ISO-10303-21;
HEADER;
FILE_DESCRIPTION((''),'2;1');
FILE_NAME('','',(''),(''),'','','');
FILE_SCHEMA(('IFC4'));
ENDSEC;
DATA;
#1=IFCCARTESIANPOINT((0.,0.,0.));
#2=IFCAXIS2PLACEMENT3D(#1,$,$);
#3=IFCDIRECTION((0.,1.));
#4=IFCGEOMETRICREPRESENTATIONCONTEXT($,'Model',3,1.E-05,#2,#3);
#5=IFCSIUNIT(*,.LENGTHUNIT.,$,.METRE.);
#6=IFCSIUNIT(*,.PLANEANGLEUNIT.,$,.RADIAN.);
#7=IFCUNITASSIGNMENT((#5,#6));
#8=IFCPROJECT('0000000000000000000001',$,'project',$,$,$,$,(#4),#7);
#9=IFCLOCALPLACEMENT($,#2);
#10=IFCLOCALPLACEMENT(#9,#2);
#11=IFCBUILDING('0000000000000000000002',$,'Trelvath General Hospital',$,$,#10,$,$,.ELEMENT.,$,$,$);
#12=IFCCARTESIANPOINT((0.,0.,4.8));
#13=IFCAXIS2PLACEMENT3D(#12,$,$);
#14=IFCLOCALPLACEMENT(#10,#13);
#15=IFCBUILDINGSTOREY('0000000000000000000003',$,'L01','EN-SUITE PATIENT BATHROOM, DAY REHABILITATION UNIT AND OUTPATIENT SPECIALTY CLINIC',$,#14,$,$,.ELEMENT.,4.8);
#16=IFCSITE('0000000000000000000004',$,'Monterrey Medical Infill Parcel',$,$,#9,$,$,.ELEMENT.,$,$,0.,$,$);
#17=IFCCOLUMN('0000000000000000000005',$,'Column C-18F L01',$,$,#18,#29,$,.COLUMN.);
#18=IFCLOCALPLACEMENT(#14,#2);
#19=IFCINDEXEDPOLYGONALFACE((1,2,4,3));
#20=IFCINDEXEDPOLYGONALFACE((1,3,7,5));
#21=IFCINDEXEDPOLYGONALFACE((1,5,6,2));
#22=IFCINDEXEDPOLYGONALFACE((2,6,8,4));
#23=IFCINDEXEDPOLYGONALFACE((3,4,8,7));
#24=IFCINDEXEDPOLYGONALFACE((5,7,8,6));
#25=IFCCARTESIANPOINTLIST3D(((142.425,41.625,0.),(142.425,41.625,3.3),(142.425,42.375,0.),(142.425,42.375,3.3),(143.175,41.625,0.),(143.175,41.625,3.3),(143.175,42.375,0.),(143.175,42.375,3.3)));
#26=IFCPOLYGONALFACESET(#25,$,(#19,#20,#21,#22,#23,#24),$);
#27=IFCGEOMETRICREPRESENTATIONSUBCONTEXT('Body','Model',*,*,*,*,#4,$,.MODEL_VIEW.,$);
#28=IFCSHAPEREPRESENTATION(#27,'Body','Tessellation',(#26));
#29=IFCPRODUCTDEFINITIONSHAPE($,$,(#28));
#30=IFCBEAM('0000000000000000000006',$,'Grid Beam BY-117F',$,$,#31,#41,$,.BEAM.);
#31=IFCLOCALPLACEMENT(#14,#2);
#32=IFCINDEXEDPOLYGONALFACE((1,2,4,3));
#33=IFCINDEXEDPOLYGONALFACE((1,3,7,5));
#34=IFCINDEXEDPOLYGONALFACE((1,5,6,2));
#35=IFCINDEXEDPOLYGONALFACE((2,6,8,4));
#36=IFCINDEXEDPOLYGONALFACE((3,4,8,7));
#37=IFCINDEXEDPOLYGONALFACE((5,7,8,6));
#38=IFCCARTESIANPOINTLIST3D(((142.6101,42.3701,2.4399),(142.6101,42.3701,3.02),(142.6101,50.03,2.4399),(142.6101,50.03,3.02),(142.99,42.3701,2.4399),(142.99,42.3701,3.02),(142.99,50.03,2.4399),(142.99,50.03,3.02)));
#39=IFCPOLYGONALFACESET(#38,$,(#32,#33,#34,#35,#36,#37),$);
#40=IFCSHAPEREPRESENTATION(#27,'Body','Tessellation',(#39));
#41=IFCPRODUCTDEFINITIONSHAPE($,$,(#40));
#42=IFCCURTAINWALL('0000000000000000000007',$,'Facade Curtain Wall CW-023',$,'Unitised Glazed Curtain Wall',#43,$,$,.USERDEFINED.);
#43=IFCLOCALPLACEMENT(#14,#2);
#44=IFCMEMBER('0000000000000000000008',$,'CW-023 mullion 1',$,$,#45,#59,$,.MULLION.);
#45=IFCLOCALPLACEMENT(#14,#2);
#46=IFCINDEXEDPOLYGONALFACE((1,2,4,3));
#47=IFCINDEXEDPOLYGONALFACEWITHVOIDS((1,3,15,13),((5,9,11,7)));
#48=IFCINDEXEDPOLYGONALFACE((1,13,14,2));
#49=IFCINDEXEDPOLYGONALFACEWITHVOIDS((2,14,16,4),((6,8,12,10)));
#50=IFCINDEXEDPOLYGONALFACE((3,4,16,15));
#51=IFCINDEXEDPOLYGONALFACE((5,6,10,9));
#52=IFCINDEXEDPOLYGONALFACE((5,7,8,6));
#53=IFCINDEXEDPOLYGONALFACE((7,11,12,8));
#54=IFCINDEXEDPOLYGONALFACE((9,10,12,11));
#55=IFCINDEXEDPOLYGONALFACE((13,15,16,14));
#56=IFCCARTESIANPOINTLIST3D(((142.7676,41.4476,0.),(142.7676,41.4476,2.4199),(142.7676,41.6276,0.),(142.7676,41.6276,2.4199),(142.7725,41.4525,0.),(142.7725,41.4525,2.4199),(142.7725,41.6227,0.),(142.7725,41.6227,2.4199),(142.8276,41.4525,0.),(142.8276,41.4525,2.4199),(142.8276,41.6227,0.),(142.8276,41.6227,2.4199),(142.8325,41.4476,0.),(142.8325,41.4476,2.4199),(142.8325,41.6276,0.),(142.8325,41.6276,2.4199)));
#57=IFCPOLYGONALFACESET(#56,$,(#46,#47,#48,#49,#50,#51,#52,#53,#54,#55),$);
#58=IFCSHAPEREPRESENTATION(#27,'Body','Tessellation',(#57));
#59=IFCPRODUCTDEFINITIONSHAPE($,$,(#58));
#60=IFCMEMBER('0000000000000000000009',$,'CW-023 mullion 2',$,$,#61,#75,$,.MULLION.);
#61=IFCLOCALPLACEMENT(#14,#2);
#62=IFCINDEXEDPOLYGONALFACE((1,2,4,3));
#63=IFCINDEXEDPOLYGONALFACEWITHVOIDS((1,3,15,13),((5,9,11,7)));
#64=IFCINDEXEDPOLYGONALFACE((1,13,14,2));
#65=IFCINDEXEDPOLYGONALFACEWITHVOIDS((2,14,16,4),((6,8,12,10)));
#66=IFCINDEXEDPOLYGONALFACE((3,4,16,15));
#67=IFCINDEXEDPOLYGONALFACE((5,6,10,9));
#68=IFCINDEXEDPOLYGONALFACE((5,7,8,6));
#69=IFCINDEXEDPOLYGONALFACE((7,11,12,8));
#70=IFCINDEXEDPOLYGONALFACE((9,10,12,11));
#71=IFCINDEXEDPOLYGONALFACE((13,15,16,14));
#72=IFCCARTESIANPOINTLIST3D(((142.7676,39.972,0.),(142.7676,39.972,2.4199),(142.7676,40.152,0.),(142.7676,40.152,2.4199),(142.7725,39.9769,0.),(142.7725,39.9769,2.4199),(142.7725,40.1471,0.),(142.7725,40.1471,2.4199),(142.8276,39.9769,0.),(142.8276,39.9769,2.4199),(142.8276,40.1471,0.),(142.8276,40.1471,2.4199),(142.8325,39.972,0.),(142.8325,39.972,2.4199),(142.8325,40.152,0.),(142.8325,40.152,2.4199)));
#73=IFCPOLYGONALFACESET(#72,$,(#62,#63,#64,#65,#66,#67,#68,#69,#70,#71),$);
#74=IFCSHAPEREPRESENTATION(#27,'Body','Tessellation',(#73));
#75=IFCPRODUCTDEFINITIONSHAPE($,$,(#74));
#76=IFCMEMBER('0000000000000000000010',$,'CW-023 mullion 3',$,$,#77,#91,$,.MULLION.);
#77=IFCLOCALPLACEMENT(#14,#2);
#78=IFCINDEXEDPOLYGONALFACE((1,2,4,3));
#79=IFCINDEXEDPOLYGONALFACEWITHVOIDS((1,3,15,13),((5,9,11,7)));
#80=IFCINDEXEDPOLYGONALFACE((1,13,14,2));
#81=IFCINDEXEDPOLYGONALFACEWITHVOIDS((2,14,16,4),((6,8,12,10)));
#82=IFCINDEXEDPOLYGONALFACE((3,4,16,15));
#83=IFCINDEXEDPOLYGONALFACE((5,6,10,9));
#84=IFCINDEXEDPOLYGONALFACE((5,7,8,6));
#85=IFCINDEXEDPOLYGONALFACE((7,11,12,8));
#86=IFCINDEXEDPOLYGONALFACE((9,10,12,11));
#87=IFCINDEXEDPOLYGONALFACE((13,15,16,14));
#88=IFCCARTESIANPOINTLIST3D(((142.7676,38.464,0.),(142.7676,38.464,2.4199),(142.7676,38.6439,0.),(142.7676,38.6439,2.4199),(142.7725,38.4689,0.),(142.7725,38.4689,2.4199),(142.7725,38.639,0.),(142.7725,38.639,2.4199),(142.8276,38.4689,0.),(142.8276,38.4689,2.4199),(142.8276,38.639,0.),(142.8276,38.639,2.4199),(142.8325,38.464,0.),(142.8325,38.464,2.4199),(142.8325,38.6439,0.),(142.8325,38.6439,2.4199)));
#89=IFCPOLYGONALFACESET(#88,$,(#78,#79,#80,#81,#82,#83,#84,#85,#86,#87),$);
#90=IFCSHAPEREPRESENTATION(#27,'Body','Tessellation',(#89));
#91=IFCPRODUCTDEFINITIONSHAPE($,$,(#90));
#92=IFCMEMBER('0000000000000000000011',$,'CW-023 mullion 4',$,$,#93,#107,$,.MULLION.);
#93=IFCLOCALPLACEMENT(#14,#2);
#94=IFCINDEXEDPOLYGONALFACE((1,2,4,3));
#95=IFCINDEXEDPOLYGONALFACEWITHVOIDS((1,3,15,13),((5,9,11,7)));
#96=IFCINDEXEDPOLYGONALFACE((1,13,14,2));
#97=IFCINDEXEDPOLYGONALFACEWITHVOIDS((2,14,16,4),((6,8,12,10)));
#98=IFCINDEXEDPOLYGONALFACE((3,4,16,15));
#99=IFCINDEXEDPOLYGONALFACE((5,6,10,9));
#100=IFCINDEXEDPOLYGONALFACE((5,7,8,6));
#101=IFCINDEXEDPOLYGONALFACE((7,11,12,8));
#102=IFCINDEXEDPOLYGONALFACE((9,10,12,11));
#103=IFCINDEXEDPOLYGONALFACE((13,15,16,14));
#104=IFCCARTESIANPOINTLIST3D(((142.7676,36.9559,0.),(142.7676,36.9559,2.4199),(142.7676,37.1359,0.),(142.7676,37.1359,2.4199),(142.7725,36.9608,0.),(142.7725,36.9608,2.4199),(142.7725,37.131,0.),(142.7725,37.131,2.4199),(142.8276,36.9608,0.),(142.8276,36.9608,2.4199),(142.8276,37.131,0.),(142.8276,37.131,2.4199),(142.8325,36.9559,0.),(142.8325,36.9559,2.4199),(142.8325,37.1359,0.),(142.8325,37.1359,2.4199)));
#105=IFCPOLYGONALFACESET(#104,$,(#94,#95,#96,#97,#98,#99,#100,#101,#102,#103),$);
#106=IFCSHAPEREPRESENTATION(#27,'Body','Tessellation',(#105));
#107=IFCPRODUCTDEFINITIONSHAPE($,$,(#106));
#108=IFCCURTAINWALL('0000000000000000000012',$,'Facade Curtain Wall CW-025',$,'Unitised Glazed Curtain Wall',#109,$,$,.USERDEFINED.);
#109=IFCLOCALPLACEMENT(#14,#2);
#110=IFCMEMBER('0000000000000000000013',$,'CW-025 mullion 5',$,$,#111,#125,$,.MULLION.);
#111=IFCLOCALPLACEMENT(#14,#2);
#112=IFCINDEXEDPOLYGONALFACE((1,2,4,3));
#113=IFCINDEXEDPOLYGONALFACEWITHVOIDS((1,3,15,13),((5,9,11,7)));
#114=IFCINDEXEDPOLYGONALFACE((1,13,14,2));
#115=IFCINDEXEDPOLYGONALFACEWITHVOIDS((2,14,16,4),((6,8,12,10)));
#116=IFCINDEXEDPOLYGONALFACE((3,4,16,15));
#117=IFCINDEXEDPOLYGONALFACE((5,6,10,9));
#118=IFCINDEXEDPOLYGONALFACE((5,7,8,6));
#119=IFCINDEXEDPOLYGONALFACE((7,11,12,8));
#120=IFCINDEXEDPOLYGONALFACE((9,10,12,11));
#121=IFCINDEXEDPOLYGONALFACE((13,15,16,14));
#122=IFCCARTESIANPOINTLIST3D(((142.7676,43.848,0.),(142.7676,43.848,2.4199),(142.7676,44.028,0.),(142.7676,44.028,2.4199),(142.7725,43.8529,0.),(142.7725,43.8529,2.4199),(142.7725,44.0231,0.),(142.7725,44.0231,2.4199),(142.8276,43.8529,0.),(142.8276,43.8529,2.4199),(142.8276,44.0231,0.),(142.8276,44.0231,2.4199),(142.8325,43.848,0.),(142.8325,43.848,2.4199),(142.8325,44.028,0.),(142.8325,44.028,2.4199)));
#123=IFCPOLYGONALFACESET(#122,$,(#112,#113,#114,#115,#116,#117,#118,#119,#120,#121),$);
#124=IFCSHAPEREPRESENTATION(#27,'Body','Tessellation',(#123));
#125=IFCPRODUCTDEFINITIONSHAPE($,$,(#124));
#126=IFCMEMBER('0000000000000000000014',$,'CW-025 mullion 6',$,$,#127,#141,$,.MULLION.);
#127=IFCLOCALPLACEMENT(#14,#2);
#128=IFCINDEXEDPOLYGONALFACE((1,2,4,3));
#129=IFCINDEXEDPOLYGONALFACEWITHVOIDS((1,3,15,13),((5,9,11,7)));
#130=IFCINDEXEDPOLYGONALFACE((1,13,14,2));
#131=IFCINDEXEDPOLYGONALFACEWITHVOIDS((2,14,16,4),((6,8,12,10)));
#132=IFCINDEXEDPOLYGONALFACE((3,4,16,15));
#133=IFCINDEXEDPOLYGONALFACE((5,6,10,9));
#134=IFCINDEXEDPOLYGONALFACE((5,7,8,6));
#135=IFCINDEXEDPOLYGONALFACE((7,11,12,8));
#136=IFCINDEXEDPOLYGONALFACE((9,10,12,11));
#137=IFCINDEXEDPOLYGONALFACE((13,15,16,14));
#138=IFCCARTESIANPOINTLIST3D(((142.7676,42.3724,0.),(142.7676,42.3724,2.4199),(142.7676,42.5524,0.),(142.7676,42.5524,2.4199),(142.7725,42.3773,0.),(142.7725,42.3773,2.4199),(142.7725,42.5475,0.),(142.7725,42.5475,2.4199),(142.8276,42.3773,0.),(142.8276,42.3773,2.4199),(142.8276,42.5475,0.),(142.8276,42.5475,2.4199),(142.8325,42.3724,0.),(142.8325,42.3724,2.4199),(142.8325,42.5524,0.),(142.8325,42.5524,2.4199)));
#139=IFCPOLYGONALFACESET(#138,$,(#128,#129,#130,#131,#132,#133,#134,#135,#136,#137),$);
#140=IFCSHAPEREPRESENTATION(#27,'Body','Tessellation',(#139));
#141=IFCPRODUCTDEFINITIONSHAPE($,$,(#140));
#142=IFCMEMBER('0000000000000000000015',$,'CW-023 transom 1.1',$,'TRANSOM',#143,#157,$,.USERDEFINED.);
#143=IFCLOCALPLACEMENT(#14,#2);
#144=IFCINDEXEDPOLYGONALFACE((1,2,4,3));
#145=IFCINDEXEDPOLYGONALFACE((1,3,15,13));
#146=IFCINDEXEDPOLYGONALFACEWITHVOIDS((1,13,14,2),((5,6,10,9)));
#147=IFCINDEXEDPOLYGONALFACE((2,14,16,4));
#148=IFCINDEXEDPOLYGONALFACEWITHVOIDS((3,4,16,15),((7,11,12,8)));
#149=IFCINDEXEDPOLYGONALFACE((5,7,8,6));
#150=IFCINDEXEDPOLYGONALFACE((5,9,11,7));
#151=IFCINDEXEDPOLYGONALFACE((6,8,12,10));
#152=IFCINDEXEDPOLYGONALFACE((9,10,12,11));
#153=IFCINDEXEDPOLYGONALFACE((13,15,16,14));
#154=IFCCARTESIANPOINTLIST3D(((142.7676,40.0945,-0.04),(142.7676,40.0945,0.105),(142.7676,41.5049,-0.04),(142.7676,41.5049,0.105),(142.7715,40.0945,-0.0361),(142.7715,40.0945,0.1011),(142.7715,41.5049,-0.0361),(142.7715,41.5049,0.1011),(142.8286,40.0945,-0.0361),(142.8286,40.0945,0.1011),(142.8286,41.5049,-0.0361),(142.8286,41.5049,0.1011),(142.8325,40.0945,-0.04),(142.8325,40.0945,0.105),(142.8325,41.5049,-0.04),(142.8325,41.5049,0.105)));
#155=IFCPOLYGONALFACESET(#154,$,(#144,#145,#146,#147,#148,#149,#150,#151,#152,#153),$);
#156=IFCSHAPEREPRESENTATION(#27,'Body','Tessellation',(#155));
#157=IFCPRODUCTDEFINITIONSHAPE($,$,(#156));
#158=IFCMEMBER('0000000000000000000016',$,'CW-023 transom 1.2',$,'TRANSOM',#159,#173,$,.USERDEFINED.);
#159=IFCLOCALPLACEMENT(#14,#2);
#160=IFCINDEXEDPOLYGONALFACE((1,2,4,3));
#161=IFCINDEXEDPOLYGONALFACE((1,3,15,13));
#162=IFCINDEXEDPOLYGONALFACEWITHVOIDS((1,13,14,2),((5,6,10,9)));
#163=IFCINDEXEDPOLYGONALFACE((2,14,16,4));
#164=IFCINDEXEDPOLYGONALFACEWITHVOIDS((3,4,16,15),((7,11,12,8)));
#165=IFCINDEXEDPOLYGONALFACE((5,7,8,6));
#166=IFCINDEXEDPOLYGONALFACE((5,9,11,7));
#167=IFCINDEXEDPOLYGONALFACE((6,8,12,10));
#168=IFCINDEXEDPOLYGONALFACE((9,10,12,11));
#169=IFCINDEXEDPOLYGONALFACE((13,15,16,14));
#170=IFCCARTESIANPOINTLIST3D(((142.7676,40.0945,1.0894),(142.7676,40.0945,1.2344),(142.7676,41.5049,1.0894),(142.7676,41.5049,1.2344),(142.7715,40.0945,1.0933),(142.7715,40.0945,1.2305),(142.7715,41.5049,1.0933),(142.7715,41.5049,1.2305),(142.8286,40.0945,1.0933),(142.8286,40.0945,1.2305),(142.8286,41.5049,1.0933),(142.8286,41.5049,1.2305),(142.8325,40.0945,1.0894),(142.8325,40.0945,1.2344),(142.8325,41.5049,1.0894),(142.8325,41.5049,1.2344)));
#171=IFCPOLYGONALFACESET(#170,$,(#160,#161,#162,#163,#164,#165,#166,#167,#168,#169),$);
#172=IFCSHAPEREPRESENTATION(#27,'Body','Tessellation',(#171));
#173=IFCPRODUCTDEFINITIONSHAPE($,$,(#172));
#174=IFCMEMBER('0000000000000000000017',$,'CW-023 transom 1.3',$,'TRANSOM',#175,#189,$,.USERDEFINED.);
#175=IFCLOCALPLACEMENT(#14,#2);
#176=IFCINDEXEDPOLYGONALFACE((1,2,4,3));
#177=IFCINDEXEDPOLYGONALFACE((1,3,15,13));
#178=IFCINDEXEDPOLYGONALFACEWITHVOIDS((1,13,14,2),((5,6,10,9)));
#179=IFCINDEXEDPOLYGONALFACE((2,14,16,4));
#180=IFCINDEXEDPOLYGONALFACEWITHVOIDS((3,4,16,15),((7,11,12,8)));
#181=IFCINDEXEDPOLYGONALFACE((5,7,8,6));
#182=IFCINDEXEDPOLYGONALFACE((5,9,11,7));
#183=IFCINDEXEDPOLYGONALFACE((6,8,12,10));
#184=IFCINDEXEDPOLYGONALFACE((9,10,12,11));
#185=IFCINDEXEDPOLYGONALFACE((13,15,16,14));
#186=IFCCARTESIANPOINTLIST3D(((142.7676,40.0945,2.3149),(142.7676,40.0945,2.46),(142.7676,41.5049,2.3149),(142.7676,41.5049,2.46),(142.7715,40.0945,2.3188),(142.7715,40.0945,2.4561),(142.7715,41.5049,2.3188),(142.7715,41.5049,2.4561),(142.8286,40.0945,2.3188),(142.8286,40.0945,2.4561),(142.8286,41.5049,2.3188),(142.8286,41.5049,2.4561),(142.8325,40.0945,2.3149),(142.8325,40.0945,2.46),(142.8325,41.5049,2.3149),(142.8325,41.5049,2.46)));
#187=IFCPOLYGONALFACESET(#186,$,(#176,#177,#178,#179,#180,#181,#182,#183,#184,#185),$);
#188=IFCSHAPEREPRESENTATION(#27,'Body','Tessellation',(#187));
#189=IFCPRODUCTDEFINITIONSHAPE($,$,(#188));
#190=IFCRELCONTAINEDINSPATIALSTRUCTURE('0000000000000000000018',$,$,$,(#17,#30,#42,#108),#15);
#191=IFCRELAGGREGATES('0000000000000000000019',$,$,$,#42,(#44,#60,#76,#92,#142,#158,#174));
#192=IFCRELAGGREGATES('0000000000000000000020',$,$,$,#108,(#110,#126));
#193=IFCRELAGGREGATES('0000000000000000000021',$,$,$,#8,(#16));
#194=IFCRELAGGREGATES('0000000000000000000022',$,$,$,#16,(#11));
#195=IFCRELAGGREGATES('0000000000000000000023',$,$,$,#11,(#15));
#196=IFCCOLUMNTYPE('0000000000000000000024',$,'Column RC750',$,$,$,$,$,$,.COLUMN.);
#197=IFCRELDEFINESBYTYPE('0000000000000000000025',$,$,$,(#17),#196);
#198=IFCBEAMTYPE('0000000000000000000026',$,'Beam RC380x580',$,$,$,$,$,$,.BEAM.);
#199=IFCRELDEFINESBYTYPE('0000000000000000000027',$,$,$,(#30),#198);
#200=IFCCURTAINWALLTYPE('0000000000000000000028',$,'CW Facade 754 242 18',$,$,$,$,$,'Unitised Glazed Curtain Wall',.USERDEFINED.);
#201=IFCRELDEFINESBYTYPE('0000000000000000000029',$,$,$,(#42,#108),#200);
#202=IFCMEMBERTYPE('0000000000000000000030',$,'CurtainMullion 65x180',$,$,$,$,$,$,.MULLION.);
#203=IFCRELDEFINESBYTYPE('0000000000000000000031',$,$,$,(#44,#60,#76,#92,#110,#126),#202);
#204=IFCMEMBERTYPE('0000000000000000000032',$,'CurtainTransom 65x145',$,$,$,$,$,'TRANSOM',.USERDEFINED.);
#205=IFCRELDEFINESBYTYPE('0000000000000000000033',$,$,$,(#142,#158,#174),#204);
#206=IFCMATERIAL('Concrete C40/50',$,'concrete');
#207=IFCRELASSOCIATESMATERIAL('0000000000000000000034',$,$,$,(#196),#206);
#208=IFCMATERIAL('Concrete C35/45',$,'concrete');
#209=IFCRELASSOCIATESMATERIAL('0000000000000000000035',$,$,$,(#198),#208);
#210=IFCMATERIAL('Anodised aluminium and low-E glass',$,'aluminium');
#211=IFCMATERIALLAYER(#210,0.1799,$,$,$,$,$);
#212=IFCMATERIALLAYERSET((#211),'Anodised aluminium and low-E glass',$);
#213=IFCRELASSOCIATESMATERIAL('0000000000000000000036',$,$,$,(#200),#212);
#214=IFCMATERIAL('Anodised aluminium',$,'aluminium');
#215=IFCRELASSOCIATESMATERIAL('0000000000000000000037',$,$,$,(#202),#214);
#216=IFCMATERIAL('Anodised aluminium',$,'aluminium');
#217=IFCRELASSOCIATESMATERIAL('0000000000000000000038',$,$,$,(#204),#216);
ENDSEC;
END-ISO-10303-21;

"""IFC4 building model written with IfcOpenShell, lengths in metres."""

from ifc_helpers import new_model, si_unit, direction, frame, origin, origin_2d, place, context, subcontext, project, spatial, rectangle, hollow_rectangle, extrude, material, layer, layer_set, material_profile, profile_set, type_object, element, aggregate, save


model = new_model("IFC4")

# Units and contexts
model_context = context("Model", 3, precision=1e-05, world=origin(), true_north=direction((0.0, 1.0)))
body_context = subcontext(model_context, "Body", "Model", "MODEL_VIEW")
ifc_project = project(units=[si_unit("LENGTHUNIT", "METRE"), si_unit("PLANEANGLEUNIT", "RADIAN")], contexts=[model_context])

# Site, building, storey
site_placement = place(None, origin())
site = spatial("IfcSite", under=ifc_project, at=site_placement, Name="Monterrey Medical Infill Parcel", CompositionType="ELEMENT", RefElevation=0.0)
building_placement = place(site_placement, origin())
building = spatial("IfcBuilding", under=site, at=building_placement, Name="Trelvath General Hospital", CompositionType="ELEMENT")
storey_placement = place(building_placement, frame((0.0, 0.0, 4.8)))
storey = spatial("IfcBuildingStorey", under=building, at=storey_placement, Name="L01", Description="EN-SUITE PATIENT BATHROOM, DAY REHABILITATION UNIT AND OUTPATIENT SPECIALTY CLINIC", CompositionType="ELEMENT", Elevation=4.8)

# Column
ifc_material_1 = material(Name="Concrete C40/50", Category="concrete")
ifc_material_profile_1 = material_profile(ifc_material_1, rectangle(XDim=0.75, YDim=0.75, at=origin_2d()), Name="RC750x750")
ifc_profile_set_1 = profile_set([ifc_material_profile_1], Name="Concrete C40/50")
column_type = type_object("IfcColumnType", Name="Column RC750", PredefinedType="COLUMN", material=ifc_profile_set_1)
column_placement = place(storey_placement, frame((142.8, 42.0, 0.0), z_axis=(0.0, 0.0, 1.0), x_axis=(1.0, 0.0, 0.0)))
element("IfcColumn", 1, at=column_placement, inside=storey, type_object=column_type, Name="Column C-18F L01", PredefinedType="COLUMN", context=body_context, shape_type="SweptSolid", body=[
    extrude(rectangle(XDim=0.75, YDim=0.75, at=origin_2d()), origin(), (0.0, 0.0, 1.0), 3.3),
])

# Beam
ifc_material_2 = material(Name="Concrete C35/45", Category="concrete")
ifc_material_profile_2 = material_profile(ifc_material_2, rectangle(XDim=0.3799, YDim=0.5801, at=origin_2d()), Name="RCB380x580")
ifc_profile_set_2 = profile_set([ifc_material_profile_2], Name="Concrete C35/45")
beam_type = type_object("IfcBeamType", Name="Beam RC380x580", PredefinedType="BEAM", material=ifc_profile_set_2)
beam_placement = place(storey_placement, frame((142.8, 42.3701, 2.73), z_axis=(0.0, 1.0, 0.0), x_axis=(-1.0, 0.0, 0.0)))
element("IfcBeam", 2, at=beam_placement, inside=storey, type_object=beam_type, Name="Grid Beam BY-117F", PredefinedType="BEAM", context=body_context, shape_type="SweptSolid", body=[
    extrude(rectangle(XDim=0.3799, YDim=0.5801, at=origin_2d()), origin(), (0.0, 0.0, 1.0), 7.6599),
])

# Curtain walls, members
ifc_material_3 = material(Name="Anodised aluminium and low-E glass", Category="aluminium")
ifc_layer_1 = layer(ifc_material_3, 0.1799)
ifc_layer_set_1 = layer_set([ifc_layer_1], Name="Anodised aluminium and low-E glass")
curtain_wall_type = type_object("IfcCurtainWallType", Name="CW Facade 754 242 18", ElementType="Unitised Glazed Curtain Wall", PredefinedType="USERDEFINED", material=ifc_layer_set_1)
curtain_wall_1_placement = place(storey_placement, origin())
curtain_wall_1 = element("IfcCurtainWall", 3, at=curtain_wall_1_placement, inside=storey, type_object=curtain_wall_type, Name="Facade Curtain Wall CW-023", ObjectType="Unitised Glazed Curtain Wall", PredefinedType="USERDEFINED")
ifc_material_4 = material(Name="Anodised aluminium", Category="aluminium")
ifc_material_profile_3 = material_profile(ifc_material_4, hollow_rectangle(XDim=0.0649, YDim=0.1799, WallThickness=0.0049, at=origin_2d()), Name="RHS65x180x5")
ifc_profile_set_3 = profile_set([ifc_material_profile_3], Name="Anodised aluminium")
member_type_1 = type_object("IfcMemberType", Name="CurtainMullion 65x180", PredefinedType="MULLION", material=ifc_profile_set_3)
member_1_placement = place(storey_placement, frame((142.8, 41.5376, 0.0), z_axis=(0.0, 0.0, 1.0), x_axis=(1.0, 0.0, 0.0)))
member_1 = element("IfcMember", 4, at=member_1_placement, type_object=member_type_1, Name="CW-023 mullion 1", PredefinedType="MULLION", context=body_context, shape_type="SweptSolid", body=[
    extrude(hollow_rectangle(XDim=0.0649, YDim=0.1799, WallThickness=0.0049, at=origin_2d()), origin(), (0.0, 0.0, 1.0), 2.4199),
])
member_2_placement = place(storey_placement, frame((142.8, 40.062, 0.0), z_axis=(0.0, 0.0, 1.0), x_axis=(1.0, 0.0, 0.0)))
member_2 = element("IfcMember", 5, at=member_2_placement, type_object=member_type_1, Name="CW-023 mullion 2", PredefinedType="MULLION", context=body_context, shape_type="SweptSolid", body=[
    extrude(hollow_rectangle(XDim=0.0649, YDim=0.1799, WallThickness=0.0049, at=origin_2d()), origin(), (0.0, 0.0, 1.0), 2.4199),
])
member_3_placement = place(storey_placement, frame((142.8, 38.554, 0.0), z_axis=(0.0, 0.0, 1.0), x_axis=(1.0, 0.0, 0.0)))
member_3 = element("IfcMember", 6, at=member_3_placement, type_object=member_type_1, Name="CW-023 mullion 3", PredefinedType="MULLION", context=body_context, shape_type="SweptSolid", body=[
    extrude(hollow_rectangle(XDim=0.0649, YDim=0.1799, WallThickness=0.0049, at=origin_2d()), origin(), (0.0, 0.0, 1.0), 2.4199),
])
member_4_placement = place(storey_placement, frame((142.8, 37.0459, 0.0), z_axis=(0.0, 0.0, 1.0), x_axis=(1.0, 0.0, 0.0)))
member_4 = element("IfcMember", 7, at=member_4_placement, type_object=member_type_1, Name="CW-023 mullion 4", PredefinedType="MULLION", context=body_context, shape_type="SweptSolid", body=[
    extrude(hollow_rectangle(XDim=0.0649, YDim=0.1799, WallThickness=0.0049, at=origin_2d()), origin(), (0.0, 0.0, 1.0), 2.4199),
])
curtain_wall_2_placement = place(storey_placement, origin())
curtain_wall_2 = element("IfcCurtainWall", 8, at=curtain_wall_2_placement, inside=storey, type_object=curtain_wall_type, Name="Facade Curtain Wall CW-025", ObjectType="Unitised Glazed Curtain Wall", PredefinedType="USERDEFINED")
member_5_placement = place(storey_placement, frame((142.8, 43.938, 0.0), z_axis=(0.0, 0.0, 1.0), x_axis=(1.0, 0.0, 0.0)))
member_5 = element("IfcMember", 9, at=member_5_placement, type_object=member_type_1, Name="CW-025 mullion 5", PredefinedType="MULLION", context=body_context, shape_type="SweptSolid", body=[
    extrude(hollow_rectangle(XDim=0.0649, YDim=0.1799, WallThickness=0.0049, at=origin_2d()), origin(), (0.0, 0.0, 1.0), 2.4199),
])
member_6_placement = place(storey_placement, frame((142.8, 42.4624, 0.0), z_axis=(0.0, 0.0, 1.0), x_axis=(1.0, 0.0, 0.0)))
member_6 = element("IfcMember", 10, at=member_6_placement, type_object=member_type_1, Name="CW-025 mullion 6", PredefinedType="MULLION", context=body_context, shape_type="SweptSolid", body=[
    extrude(hollow_rectangle(XDim=0.0649, YDim=0.1799, WallThickness=0.0049, at=origin_2d()), origin(), (0.0, 0.0, 1.0), 2.4199),
])

# Members
ifc_material_5 = material(Name="Anodised aluminium", Category="aluminium")
ifc_material_profile_4 = material_profile(ifc_material_5, hollow_rectangle(XDim=0.0649, YDim=0.145, WallThickness=0.0039, at=origin_2d()), Name="RHS65x145x4")
ifc_profile_set_4 = profile_set([ifc_material_profile_4], Name="Anodised aluminium")
member_type_2 = type_object("IfcMemberType", Name="CurtainTransom 65x145", ElementType="TRANSOM", PredefinedType="USERDEFINED", material=ifc_profile_set_4)
member_7_placement = place(storey_placement, frame((142.8, 41.5049, 0.0325), z_axis=(0.0, -1.0, 0.0), x_axis=(1.0, 0.0, 0.0)))
member_7 = element("IfcMember", 11, at=member_7_placement, type_object=member_type_2, Name="CW-023 transom 1.1", ObjectType="TRANSOM", PredefinedType="USERDEFINED", context=body_context, shape_type="SweptSolid", body=[
    extrude(hollow_rectangle(XDim=0.0649, YDim=0.145, WallThickness=0.0039, at=origin_2d()), origin(), (0.0, 0.0, 1.0), 1.4104),
])
member_8_placement = place(storey_placement, frame((142.8, 41.5049, 1.1619), z_axis=(0.0, -1.0, 0.0), x_axis=(1.0, 0.0, 0.0)))
member_8 = element("IfcMember", 12, at=member_8_placement, type_object=member_type_2, Name="CW-023 transom 1.2", ObjectType="TRANSOM", PredefinedType="USERDEFINED", context=body_context, shape_type="SweptSolid", body=[
    extrude(hollow_rectangle(XDim=0.0649, YDim=0.145, WallThickness=0.0039, at=origin_2d()), origin(), (0.0, 0.0, 1.0), 1.4104),
])
member_9_placement = place(storey_placement, frame((142.8, 41.5049, 2.3875), z_axis=(0.0, -1.0, 0.0), x_axis=(1.0, 0.0, 0.0)))
member_9 = element("IfcMember", 13, at=member_9_placement, type_object=member_type_2, Name="CW-023 transom 1.3", ObjectType="TRANSOM", PredefinedType="USERDEFINED", context=body_context, shape_type="SweptSolid", body=[
    extrude(hollow_rectangle(XDim=0.0649, YDim=0.145, WallThickness=0.0039, at=origin_2d()), origin(), (0.0, 0.0, 1.0), 1.4104),
])

aggregate(curtain_wall_1, [member_1, member_2, member_3, member_4, member_7, member_8, member_9])
aggregate(curtain_wall_2, [member_5, member_6])

save(model, "model.ifc")
